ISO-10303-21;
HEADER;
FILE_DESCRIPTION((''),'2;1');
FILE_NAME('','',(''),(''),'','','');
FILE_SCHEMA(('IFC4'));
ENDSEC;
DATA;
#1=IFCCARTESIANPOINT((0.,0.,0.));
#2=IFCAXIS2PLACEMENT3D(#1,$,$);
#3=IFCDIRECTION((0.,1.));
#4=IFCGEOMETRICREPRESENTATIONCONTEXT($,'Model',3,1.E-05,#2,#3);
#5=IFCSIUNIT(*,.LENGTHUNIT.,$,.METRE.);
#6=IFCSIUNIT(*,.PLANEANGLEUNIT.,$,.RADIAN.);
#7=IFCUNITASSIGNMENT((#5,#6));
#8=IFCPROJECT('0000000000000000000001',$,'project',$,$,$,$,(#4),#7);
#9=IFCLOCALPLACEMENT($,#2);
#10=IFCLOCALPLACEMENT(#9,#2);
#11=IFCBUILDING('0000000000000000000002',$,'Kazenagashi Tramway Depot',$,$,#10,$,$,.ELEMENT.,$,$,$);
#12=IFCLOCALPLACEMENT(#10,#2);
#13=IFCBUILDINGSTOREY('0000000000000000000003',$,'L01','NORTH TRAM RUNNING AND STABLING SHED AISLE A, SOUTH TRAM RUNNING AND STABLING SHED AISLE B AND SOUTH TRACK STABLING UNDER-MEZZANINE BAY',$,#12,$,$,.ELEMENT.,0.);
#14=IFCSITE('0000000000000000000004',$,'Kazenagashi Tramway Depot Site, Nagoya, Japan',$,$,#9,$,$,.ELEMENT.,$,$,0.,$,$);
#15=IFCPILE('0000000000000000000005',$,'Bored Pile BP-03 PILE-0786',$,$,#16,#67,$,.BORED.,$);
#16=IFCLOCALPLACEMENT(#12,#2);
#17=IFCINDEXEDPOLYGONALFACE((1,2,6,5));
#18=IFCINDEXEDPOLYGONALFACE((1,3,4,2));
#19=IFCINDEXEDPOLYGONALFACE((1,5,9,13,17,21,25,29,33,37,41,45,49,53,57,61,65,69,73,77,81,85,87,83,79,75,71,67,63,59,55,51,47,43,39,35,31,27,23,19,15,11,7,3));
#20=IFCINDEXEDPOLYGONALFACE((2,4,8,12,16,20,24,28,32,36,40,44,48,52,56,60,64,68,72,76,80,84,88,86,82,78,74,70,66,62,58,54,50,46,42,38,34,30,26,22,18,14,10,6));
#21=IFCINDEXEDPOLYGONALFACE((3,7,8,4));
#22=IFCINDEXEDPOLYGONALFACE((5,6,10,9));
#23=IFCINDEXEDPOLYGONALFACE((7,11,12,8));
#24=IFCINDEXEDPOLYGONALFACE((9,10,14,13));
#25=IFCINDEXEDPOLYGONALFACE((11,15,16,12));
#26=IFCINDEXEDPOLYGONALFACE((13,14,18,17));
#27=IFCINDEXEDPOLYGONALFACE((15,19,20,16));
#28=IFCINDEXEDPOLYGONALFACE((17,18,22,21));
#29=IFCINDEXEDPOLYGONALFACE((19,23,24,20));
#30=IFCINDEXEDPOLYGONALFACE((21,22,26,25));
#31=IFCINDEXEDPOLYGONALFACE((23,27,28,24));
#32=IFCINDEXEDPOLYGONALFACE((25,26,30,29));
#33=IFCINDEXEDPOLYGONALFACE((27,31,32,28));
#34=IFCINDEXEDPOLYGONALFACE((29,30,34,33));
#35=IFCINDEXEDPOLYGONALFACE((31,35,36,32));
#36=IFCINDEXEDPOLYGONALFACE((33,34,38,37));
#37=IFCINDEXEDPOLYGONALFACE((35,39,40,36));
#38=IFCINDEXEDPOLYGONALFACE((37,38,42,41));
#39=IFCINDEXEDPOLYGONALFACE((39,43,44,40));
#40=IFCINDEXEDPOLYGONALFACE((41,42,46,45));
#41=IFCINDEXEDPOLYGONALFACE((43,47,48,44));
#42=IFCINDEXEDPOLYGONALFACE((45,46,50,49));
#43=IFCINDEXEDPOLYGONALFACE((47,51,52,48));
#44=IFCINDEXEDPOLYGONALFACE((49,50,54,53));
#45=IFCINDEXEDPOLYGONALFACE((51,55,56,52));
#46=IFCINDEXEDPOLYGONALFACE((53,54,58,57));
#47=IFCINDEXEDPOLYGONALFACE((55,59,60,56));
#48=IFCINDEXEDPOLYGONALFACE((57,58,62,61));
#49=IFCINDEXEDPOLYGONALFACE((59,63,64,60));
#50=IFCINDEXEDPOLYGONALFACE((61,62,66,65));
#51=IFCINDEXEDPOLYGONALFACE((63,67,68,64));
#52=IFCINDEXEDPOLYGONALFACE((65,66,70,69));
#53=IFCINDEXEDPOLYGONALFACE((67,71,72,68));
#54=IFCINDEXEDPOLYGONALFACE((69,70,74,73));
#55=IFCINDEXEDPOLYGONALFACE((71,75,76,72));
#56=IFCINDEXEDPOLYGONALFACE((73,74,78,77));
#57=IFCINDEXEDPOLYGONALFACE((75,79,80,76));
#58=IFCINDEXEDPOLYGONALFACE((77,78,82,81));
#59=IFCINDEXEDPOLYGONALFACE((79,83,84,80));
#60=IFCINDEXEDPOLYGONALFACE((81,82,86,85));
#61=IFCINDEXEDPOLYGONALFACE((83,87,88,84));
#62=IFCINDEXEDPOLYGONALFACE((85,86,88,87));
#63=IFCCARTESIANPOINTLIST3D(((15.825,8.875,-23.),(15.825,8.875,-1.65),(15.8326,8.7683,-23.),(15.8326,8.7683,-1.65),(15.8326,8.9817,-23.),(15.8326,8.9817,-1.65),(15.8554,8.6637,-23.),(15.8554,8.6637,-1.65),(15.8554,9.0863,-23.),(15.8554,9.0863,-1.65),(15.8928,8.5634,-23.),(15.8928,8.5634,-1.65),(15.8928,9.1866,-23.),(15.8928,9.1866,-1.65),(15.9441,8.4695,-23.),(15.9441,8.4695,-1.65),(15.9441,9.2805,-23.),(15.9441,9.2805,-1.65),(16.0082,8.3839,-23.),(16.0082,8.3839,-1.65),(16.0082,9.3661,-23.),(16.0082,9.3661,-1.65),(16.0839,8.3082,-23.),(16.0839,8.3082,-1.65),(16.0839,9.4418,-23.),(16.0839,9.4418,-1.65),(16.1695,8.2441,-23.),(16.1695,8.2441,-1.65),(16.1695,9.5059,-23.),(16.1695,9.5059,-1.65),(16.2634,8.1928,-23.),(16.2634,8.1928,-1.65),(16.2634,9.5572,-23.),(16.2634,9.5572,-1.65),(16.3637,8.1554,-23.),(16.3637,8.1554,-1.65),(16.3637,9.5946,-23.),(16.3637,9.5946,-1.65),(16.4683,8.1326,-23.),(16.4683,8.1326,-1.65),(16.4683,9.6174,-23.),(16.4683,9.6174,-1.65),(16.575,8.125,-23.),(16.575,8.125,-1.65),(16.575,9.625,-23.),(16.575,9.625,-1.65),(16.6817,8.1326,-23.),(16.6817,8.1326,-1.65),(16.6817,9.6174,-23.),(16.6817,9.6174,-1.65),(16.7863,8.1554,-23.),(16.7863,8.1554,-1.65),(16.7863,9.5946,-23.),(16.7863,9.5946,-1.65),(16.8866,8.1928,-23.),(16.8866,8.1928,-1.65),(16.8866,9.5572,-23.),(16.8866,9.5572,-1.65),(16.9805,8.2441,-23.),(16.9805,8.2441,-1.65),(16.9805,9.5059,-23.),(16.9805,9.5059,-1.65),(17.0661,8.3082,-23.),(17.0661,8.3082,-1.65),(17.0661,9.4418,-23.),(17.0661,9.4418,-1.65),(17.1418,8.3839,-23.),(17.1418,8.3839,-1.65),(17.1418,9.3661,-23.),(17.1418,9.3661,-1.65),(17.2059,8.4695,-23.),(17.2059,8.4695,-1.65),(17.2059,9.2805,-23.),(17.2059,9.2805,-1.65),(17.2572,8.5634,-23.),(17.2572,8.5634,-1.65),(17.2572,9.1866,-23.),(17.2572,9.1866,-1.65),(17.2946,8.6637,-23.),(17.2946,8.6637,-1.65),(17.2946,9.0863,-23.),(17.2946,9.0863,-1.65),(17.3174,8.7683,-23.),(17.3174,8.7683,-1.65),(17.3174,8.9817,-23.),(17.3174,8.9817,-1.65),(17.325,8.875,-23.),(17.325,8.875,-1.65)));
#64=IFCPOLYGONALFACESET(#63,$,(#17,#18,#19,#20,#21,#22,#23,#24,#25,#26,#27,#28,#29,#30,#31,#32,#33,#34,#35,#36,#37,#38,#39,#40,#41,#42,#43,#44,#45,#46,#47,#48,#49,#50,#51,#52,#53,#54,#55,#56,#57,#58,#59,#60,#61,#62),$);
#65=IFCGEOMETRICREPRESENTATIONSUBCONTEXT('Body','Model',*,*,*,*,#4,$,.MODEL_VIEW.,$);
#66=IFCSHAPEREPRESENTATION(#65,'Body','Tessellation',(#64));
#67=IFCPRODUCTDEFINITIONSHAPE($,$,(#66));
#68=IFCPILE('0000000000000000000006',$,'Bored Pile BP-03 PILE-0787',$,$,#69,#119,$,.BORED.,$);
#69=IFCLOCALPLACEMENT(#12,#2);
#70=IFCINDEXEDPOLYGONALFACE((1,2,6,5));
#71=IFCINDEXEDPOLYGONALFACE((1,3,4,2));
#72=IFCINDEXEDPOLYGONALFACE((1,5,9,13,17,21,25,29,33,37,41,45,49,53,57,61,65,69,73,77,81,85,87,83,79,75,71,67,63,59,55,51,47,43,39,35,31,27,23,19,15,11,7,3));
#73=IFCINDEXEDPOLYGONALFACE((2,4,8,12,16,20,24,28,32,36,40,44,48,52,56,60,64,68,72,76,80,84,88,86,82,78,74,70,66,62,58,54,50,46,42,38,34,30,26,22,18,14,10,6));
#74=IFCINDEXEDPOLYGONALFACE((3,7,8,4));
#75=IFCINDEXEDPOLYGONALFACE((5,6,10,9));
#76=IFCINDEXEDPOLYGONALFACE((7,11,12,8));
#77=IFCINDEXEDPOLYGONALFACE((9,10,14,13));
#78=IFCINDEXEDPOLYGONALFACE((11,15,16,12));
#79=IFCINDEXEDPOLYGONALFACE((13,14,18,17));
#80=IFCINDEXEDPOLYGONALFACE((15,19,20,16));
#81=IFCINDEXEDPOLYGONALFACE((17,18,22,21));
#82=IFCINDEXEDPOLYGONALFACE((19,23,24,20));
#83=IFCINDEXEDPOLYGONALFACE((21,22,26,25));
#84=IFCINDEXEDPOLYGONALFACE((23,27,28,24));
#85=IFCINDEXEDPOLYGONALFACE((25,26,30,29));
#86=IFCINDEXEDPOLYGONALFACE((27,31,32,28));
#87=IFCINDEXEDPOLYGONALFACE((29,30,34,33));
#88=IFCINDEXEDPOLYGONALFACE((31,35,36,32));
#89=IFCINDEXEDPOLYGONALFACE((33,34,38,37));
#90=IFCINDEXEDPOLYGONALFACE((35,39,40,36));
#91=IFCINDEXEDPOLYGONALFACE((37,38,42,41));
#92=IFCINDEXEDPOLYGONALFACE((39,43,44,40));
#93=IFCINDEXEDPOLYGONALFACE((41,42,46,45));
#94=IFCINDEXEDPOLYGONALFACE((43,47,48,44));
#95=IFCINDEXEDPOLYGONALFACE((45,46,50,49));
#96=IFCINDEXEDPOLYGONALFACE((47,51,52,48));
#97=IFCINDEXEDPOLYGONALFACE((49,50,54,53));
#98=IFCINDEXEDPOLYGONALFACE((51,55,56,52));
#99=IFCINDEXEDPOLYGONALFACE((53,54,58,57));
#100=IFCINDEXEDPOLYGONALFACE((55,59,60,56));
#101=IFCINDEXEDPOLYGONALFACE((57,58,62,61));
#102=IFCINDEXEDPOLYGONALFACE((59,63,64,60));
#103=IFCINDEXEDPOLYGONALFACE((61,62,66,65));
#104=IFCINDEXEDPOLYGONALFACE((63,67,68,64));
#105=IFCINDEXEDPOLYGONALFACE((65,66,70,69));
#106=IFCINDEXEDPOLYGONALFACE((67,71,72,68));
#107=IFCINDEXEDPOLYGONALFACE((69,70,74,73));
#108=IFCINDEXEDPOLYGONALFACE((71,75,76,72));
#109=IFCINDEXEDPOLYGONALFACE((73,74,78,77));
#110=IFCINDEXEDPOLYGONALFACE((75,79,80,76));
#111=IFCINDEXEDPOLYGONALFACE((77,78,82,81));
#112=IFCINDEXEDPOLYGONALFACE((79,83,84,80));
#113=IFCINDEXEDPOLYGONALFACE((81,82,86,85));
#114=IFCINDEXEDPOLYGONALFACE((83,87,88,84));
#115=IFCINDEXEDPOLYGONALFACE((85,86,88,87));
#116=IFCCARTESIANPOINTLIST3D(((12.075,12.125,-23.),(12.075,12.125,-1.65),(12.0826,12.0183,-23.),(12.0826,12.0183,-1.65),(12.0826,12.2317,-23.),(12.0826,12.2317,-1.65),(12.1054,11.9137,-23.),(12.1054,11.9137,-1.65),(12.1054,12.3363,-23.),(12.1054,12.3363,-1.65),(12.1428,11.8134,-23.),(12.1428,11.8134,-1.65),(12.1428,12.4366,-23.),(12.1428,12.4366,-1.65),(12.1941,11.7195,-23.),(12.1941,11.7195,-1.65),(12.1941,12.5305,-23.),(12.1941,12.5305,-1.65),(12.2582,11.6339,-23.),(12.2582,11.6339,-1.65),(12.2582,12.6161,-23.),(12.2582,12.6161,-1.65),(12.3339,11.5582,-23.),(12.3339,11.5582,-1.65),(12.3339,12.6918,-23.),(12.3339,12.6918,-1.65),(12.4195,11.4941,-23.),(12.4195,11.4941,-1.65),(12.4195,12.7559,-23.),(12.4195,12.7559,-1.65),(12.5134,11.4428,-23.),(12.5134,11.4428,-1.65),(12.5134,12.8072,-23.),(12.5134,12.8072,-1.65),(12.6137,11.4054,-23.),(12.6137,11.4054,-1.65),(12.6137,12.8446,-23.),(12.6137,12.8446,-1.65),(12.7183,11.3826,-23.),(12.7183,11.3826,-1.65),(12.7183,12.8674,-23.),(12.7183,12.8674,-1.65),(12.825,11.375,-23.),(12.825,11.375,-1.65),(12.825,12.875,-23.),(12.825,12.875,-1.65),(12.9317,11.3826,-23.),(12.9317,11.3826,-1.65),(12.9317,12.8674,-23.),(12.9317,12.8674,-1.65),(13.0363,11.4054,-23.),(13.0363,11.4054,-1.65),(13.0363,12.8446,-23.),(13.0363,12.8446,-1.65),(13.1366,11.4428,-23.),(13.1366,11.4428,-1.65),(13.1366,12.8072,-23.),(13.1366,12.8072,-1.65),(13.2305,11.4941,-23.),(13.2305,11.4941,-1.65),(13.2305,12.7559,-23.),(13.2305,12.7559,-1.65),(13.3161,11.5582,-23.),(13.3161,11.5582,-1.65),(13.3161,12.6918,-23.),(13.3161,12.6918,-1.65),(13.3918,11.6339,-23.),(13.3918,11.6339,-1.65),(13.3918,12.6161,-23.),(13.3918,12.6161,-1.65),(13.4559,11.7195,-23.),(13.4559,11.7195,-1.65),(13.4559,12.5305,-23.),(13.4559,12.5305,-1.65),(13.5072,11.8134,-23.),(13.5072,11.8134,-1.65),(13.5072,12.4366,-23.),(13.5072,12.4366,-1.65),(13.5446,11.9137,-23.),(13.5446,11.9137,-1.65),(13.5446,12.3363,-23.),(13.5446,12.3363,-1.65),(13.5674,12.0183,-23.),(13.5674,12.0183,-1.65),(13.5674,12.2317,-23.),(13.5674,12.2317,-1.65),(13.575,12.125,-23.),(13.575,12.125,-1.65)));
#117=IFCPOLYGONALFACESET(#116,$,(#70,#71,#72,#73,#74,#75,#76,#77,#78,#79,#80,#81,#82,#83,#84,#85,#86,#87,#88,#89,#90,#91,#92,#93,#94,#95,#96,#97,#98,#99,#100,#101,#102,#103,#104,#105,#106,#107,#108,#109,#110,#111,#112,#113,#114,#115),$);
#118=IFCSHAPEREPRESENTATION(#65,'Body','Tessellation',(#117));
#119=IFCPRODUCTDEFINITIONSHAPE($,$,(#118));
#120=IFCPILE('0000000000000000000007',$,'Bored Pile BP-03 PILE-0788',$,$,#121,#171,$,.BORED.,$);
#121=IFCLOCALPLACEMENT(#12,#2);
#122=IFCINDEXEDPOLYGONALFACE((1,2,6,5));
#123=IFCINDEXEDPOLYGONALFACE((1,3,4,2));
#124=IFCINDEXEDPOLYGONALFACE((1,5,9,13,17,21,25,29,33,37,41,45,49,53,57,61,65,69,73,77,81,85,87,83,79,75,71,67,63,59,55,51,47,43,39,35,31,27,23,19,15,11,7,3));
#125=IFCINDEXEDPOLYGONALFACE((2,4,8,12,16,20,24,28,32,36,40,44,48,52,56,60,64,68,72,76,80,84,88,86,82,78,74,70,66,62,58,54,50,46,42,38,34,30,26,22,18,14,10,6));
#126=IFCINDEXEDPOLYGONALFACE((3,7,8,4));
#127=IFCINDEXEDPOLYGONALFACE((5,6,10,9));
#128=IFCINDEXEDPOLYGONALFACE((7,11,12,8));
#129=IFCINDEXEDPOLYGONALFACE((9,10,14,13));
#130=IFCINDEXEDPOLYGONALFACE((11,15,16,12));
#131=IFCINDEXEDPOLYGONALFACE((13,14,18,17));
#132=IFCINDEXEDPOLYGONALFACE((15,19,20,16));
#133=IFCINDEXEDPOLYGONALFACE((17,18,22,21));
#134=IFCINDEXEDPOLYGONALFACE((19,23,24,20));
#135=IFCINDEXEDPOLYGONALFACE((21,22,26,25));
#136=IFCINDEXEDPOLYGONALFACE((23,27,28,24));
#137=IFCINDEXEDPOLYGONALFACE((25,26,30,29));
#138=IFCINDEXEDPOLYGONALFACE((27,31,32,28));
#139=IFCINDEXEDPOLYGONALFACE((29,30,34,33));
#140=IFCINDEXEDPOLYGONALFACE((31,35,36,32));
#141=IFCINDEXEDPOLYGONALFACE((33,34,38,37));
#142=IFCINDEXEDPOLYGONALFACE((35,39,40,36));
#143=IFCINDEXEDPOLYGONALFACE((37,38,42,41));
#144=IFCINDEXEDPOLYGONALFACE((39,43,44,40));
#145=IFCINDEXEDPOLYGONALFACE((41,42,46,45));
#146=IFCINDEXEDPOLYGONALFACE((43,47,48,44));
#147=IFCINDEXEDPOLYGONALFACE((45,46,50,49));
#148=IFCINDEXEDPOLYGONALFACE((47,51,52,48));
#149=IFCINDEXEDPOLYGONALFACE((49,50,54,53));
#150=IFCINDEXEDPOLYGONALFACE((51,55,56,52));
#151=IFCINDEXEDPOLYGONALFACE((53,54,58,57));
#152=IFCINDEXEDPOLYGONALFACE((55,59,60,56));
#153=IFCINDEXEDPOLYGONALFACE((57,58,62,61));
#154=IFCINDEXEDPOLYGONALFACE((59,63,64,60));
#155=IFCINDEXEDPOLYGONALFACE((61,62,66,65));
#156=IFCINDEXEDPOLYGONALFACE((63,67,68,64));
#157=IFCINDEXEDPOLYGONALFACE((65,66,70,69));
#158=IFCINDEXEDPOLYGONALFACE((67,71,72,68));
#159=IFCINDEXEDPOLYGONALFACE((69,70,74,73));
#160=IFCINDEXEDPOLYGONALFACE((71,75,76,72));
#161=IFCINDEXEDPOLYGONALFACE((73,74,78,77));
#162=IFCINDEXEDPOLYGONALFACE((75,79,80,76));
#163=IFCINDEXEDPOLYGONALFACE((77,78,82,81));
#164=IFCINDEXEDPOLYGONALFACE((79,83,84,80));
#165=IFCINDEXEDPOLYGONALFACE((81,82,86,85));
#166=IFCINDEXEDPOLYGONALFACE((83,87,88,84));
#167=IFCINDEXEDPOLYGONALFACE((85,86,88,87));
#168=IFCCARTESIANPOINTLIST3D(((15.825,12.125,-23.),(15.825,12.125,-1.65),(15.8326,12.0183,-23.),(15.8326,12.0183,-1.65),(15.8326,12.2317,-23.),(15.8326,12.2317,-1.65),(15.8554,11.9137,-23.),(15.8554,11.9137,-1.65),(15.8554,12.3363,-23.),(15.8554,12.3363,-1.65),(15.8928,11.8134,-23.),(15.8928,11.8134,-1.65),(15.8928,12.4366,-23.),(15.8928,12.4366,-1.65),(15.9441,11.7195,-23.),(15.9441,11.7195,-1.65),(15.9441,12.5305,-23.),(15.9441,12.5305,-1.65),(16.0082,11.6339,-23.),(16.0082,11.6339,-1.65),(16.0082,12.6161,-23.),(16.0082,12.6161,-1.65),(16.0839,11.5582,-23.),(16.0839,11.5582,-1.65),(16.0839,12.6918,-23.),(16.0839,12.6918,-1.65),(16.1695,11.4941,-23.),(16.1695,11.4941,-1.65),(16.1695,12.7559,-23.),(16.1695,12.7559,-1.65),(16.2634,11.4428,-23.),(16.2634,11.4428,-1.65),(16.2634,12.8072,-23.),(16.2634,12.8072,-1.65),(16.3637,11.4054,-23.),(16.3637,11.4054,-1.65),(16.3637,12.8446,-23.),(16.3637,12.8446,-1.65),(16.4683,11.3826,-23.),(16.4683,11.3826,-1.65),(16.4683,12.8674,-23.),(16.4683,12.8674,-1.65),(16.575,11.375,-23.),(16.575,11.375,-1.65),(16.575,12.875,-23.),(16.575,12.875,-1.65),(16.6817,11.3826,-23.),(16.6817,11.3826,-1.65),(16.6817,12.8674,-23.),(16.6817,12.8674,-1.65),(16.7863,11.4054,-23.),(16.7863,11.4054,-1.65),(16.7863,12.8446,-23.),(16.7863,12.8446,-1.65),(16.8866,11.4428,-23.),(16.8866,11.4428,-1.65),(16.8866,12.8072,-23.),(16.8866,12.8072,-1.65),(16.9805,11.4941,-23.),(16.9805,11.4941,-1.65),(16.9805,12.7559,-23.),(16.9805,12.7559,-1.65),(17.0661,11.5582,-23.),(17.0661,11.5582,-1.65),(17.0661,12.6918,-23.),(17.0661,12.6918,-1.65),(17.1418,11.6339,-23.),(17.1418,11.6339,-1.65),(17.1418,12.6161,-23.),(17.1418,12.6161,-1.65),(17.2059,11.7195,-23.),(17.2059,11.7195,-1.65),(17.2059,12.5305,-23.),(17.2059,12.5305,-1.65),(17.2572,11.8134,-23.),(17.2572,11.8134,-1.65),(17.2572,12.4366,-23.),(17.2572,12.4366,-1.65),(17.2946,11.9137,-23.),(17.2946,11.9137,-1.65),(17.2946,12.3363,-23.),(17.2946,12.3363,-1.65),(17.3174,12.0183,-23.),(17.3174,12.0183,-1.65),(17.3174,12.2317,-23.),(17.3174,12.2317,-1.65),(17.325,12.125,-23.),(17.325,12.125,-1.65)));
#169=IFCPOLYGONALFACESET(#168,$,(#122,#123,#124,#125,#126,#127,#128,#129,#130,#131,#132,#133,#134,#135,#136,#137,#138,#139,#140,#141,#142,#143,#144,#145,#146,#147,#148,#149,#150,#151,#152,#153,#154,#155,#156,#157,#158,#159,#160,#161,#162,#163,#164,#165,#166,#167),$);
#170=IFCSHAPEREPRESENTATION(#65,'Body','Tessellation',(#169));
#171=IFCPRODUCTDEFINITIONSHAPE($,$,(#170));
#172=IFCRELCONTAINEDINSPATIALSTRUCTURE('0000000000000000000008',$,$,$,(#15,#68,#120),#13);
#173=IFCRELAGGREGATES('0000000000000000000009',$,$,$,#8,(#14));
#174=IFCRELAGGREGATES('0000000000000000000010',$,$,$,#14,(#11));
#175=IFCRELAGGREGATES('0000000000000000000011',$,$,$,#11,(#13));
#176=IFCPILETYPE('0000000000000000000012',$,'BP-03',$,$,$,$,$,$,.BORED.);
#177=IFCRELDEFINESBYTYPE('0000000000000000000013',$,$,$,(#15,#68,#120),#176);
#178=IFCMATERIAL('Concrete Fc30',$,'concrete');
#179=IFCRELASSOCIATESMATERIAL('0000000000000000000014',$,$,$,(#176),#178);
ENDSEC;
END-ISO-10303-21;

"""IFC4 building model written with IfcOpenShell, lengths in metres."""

from ifc_helpers import new_model, si_unit, direction, frame, origin, origin_2d, place, context, subcontext, project, spatial, circle, extrude, material, material_profile, profile_set, type_object, element, save


model = new_model("IFC4")

# Units and contexts
model_context = context("Model", 3, precision=1e-05, world=origin(), true_north=direction((0.0, 1.0)))
body_context = subcontext(model_context, "Body", "Model", "MODEL_VIEW")
ifc_project = project(units=[si_unit("LENGTHUNIT", "METRE"), si_unit("PLANEANGLEUNIT", "RADIAN")], contexts=[model_context])

# Site, building, storey
site_placement = place(None, origin())
site = spatial("IfcSite", under=ifc_project, at=site_placement, Name="Kazenagashi Tramway Depot Site, Nagoya, Japan", CompositionType="ELEMENT", RefElevation=0.0)
building_placement = place(site_placement, origin())
building = spatial("IfcBuilding", under=site, at=building_placement, Name="Kazenagashi Tramway Depot", CompositionType="ELEMENT")
storey_placement = place(building_placement, origin())
storey = spatial("IfcBuildingStorey", under=building, at=storey_placement, Name="L01", Description="NORTH TRAM RUNNING AND STABLING SHED AISLE A, SOUTH TRAM RUNNING AND STABLING SHED AISLE B AND SOUTH TRACK STABLING UNDER-MEZZANINE BAY", CompositionType="ELEMENT", Elevation=0.0)

# Piles
ifc_material_1 = material(Name="Concrete Fc30", Category="concrete")
ifc_material_profile_1 = material_profile(ifc_material_1, circle(Radius=0.75, at=origin_2d()), Name="PILE-1500")
ifc_profile_set_1 = profile_set([ifc_material_profile_1], Name="Concrete Fc30")
pile_type = type_object("IfcPileType", Name="BP-03", PredefinedType="BORED", material=ifc_profile_set_1)
for number, where, z_axis, x_axis, name in (
    (1, (16.575, 8.875, -1.65), (0.0, 0.0, -1.0), (1.0, 0.0, 0.0), "Bored Pile BP-03 PILE-0786"),
    (2, (12.825, 12.125, -1.65), (0.0, 0.0, -1.0), (1.0, 0.0, 0.0), "Bored Pile BP-03 PILE-0787"),
    (3, (16.575, 12.125, -1.65), (0.0, 0.0, -1.0), (1.0, 0.0, 0.0), "Bored Pile BP-03 PILE-0788"),
):
    element("IfcPile", number, at=place(storey_placement, frame(where, z_axis=z_axis, x_axis=x_axis)), inside=storey, type_object=pile_type, Name=name, PredefinedType="BORED", context=body_context, shape_type="SweptSolid", body=[
        extrude(circle(Radius=0.75, at=origin_2d()), origin(), (0.0, 0.0, 1.0), 21.35),
    ])

save(model, "model.ifc")
